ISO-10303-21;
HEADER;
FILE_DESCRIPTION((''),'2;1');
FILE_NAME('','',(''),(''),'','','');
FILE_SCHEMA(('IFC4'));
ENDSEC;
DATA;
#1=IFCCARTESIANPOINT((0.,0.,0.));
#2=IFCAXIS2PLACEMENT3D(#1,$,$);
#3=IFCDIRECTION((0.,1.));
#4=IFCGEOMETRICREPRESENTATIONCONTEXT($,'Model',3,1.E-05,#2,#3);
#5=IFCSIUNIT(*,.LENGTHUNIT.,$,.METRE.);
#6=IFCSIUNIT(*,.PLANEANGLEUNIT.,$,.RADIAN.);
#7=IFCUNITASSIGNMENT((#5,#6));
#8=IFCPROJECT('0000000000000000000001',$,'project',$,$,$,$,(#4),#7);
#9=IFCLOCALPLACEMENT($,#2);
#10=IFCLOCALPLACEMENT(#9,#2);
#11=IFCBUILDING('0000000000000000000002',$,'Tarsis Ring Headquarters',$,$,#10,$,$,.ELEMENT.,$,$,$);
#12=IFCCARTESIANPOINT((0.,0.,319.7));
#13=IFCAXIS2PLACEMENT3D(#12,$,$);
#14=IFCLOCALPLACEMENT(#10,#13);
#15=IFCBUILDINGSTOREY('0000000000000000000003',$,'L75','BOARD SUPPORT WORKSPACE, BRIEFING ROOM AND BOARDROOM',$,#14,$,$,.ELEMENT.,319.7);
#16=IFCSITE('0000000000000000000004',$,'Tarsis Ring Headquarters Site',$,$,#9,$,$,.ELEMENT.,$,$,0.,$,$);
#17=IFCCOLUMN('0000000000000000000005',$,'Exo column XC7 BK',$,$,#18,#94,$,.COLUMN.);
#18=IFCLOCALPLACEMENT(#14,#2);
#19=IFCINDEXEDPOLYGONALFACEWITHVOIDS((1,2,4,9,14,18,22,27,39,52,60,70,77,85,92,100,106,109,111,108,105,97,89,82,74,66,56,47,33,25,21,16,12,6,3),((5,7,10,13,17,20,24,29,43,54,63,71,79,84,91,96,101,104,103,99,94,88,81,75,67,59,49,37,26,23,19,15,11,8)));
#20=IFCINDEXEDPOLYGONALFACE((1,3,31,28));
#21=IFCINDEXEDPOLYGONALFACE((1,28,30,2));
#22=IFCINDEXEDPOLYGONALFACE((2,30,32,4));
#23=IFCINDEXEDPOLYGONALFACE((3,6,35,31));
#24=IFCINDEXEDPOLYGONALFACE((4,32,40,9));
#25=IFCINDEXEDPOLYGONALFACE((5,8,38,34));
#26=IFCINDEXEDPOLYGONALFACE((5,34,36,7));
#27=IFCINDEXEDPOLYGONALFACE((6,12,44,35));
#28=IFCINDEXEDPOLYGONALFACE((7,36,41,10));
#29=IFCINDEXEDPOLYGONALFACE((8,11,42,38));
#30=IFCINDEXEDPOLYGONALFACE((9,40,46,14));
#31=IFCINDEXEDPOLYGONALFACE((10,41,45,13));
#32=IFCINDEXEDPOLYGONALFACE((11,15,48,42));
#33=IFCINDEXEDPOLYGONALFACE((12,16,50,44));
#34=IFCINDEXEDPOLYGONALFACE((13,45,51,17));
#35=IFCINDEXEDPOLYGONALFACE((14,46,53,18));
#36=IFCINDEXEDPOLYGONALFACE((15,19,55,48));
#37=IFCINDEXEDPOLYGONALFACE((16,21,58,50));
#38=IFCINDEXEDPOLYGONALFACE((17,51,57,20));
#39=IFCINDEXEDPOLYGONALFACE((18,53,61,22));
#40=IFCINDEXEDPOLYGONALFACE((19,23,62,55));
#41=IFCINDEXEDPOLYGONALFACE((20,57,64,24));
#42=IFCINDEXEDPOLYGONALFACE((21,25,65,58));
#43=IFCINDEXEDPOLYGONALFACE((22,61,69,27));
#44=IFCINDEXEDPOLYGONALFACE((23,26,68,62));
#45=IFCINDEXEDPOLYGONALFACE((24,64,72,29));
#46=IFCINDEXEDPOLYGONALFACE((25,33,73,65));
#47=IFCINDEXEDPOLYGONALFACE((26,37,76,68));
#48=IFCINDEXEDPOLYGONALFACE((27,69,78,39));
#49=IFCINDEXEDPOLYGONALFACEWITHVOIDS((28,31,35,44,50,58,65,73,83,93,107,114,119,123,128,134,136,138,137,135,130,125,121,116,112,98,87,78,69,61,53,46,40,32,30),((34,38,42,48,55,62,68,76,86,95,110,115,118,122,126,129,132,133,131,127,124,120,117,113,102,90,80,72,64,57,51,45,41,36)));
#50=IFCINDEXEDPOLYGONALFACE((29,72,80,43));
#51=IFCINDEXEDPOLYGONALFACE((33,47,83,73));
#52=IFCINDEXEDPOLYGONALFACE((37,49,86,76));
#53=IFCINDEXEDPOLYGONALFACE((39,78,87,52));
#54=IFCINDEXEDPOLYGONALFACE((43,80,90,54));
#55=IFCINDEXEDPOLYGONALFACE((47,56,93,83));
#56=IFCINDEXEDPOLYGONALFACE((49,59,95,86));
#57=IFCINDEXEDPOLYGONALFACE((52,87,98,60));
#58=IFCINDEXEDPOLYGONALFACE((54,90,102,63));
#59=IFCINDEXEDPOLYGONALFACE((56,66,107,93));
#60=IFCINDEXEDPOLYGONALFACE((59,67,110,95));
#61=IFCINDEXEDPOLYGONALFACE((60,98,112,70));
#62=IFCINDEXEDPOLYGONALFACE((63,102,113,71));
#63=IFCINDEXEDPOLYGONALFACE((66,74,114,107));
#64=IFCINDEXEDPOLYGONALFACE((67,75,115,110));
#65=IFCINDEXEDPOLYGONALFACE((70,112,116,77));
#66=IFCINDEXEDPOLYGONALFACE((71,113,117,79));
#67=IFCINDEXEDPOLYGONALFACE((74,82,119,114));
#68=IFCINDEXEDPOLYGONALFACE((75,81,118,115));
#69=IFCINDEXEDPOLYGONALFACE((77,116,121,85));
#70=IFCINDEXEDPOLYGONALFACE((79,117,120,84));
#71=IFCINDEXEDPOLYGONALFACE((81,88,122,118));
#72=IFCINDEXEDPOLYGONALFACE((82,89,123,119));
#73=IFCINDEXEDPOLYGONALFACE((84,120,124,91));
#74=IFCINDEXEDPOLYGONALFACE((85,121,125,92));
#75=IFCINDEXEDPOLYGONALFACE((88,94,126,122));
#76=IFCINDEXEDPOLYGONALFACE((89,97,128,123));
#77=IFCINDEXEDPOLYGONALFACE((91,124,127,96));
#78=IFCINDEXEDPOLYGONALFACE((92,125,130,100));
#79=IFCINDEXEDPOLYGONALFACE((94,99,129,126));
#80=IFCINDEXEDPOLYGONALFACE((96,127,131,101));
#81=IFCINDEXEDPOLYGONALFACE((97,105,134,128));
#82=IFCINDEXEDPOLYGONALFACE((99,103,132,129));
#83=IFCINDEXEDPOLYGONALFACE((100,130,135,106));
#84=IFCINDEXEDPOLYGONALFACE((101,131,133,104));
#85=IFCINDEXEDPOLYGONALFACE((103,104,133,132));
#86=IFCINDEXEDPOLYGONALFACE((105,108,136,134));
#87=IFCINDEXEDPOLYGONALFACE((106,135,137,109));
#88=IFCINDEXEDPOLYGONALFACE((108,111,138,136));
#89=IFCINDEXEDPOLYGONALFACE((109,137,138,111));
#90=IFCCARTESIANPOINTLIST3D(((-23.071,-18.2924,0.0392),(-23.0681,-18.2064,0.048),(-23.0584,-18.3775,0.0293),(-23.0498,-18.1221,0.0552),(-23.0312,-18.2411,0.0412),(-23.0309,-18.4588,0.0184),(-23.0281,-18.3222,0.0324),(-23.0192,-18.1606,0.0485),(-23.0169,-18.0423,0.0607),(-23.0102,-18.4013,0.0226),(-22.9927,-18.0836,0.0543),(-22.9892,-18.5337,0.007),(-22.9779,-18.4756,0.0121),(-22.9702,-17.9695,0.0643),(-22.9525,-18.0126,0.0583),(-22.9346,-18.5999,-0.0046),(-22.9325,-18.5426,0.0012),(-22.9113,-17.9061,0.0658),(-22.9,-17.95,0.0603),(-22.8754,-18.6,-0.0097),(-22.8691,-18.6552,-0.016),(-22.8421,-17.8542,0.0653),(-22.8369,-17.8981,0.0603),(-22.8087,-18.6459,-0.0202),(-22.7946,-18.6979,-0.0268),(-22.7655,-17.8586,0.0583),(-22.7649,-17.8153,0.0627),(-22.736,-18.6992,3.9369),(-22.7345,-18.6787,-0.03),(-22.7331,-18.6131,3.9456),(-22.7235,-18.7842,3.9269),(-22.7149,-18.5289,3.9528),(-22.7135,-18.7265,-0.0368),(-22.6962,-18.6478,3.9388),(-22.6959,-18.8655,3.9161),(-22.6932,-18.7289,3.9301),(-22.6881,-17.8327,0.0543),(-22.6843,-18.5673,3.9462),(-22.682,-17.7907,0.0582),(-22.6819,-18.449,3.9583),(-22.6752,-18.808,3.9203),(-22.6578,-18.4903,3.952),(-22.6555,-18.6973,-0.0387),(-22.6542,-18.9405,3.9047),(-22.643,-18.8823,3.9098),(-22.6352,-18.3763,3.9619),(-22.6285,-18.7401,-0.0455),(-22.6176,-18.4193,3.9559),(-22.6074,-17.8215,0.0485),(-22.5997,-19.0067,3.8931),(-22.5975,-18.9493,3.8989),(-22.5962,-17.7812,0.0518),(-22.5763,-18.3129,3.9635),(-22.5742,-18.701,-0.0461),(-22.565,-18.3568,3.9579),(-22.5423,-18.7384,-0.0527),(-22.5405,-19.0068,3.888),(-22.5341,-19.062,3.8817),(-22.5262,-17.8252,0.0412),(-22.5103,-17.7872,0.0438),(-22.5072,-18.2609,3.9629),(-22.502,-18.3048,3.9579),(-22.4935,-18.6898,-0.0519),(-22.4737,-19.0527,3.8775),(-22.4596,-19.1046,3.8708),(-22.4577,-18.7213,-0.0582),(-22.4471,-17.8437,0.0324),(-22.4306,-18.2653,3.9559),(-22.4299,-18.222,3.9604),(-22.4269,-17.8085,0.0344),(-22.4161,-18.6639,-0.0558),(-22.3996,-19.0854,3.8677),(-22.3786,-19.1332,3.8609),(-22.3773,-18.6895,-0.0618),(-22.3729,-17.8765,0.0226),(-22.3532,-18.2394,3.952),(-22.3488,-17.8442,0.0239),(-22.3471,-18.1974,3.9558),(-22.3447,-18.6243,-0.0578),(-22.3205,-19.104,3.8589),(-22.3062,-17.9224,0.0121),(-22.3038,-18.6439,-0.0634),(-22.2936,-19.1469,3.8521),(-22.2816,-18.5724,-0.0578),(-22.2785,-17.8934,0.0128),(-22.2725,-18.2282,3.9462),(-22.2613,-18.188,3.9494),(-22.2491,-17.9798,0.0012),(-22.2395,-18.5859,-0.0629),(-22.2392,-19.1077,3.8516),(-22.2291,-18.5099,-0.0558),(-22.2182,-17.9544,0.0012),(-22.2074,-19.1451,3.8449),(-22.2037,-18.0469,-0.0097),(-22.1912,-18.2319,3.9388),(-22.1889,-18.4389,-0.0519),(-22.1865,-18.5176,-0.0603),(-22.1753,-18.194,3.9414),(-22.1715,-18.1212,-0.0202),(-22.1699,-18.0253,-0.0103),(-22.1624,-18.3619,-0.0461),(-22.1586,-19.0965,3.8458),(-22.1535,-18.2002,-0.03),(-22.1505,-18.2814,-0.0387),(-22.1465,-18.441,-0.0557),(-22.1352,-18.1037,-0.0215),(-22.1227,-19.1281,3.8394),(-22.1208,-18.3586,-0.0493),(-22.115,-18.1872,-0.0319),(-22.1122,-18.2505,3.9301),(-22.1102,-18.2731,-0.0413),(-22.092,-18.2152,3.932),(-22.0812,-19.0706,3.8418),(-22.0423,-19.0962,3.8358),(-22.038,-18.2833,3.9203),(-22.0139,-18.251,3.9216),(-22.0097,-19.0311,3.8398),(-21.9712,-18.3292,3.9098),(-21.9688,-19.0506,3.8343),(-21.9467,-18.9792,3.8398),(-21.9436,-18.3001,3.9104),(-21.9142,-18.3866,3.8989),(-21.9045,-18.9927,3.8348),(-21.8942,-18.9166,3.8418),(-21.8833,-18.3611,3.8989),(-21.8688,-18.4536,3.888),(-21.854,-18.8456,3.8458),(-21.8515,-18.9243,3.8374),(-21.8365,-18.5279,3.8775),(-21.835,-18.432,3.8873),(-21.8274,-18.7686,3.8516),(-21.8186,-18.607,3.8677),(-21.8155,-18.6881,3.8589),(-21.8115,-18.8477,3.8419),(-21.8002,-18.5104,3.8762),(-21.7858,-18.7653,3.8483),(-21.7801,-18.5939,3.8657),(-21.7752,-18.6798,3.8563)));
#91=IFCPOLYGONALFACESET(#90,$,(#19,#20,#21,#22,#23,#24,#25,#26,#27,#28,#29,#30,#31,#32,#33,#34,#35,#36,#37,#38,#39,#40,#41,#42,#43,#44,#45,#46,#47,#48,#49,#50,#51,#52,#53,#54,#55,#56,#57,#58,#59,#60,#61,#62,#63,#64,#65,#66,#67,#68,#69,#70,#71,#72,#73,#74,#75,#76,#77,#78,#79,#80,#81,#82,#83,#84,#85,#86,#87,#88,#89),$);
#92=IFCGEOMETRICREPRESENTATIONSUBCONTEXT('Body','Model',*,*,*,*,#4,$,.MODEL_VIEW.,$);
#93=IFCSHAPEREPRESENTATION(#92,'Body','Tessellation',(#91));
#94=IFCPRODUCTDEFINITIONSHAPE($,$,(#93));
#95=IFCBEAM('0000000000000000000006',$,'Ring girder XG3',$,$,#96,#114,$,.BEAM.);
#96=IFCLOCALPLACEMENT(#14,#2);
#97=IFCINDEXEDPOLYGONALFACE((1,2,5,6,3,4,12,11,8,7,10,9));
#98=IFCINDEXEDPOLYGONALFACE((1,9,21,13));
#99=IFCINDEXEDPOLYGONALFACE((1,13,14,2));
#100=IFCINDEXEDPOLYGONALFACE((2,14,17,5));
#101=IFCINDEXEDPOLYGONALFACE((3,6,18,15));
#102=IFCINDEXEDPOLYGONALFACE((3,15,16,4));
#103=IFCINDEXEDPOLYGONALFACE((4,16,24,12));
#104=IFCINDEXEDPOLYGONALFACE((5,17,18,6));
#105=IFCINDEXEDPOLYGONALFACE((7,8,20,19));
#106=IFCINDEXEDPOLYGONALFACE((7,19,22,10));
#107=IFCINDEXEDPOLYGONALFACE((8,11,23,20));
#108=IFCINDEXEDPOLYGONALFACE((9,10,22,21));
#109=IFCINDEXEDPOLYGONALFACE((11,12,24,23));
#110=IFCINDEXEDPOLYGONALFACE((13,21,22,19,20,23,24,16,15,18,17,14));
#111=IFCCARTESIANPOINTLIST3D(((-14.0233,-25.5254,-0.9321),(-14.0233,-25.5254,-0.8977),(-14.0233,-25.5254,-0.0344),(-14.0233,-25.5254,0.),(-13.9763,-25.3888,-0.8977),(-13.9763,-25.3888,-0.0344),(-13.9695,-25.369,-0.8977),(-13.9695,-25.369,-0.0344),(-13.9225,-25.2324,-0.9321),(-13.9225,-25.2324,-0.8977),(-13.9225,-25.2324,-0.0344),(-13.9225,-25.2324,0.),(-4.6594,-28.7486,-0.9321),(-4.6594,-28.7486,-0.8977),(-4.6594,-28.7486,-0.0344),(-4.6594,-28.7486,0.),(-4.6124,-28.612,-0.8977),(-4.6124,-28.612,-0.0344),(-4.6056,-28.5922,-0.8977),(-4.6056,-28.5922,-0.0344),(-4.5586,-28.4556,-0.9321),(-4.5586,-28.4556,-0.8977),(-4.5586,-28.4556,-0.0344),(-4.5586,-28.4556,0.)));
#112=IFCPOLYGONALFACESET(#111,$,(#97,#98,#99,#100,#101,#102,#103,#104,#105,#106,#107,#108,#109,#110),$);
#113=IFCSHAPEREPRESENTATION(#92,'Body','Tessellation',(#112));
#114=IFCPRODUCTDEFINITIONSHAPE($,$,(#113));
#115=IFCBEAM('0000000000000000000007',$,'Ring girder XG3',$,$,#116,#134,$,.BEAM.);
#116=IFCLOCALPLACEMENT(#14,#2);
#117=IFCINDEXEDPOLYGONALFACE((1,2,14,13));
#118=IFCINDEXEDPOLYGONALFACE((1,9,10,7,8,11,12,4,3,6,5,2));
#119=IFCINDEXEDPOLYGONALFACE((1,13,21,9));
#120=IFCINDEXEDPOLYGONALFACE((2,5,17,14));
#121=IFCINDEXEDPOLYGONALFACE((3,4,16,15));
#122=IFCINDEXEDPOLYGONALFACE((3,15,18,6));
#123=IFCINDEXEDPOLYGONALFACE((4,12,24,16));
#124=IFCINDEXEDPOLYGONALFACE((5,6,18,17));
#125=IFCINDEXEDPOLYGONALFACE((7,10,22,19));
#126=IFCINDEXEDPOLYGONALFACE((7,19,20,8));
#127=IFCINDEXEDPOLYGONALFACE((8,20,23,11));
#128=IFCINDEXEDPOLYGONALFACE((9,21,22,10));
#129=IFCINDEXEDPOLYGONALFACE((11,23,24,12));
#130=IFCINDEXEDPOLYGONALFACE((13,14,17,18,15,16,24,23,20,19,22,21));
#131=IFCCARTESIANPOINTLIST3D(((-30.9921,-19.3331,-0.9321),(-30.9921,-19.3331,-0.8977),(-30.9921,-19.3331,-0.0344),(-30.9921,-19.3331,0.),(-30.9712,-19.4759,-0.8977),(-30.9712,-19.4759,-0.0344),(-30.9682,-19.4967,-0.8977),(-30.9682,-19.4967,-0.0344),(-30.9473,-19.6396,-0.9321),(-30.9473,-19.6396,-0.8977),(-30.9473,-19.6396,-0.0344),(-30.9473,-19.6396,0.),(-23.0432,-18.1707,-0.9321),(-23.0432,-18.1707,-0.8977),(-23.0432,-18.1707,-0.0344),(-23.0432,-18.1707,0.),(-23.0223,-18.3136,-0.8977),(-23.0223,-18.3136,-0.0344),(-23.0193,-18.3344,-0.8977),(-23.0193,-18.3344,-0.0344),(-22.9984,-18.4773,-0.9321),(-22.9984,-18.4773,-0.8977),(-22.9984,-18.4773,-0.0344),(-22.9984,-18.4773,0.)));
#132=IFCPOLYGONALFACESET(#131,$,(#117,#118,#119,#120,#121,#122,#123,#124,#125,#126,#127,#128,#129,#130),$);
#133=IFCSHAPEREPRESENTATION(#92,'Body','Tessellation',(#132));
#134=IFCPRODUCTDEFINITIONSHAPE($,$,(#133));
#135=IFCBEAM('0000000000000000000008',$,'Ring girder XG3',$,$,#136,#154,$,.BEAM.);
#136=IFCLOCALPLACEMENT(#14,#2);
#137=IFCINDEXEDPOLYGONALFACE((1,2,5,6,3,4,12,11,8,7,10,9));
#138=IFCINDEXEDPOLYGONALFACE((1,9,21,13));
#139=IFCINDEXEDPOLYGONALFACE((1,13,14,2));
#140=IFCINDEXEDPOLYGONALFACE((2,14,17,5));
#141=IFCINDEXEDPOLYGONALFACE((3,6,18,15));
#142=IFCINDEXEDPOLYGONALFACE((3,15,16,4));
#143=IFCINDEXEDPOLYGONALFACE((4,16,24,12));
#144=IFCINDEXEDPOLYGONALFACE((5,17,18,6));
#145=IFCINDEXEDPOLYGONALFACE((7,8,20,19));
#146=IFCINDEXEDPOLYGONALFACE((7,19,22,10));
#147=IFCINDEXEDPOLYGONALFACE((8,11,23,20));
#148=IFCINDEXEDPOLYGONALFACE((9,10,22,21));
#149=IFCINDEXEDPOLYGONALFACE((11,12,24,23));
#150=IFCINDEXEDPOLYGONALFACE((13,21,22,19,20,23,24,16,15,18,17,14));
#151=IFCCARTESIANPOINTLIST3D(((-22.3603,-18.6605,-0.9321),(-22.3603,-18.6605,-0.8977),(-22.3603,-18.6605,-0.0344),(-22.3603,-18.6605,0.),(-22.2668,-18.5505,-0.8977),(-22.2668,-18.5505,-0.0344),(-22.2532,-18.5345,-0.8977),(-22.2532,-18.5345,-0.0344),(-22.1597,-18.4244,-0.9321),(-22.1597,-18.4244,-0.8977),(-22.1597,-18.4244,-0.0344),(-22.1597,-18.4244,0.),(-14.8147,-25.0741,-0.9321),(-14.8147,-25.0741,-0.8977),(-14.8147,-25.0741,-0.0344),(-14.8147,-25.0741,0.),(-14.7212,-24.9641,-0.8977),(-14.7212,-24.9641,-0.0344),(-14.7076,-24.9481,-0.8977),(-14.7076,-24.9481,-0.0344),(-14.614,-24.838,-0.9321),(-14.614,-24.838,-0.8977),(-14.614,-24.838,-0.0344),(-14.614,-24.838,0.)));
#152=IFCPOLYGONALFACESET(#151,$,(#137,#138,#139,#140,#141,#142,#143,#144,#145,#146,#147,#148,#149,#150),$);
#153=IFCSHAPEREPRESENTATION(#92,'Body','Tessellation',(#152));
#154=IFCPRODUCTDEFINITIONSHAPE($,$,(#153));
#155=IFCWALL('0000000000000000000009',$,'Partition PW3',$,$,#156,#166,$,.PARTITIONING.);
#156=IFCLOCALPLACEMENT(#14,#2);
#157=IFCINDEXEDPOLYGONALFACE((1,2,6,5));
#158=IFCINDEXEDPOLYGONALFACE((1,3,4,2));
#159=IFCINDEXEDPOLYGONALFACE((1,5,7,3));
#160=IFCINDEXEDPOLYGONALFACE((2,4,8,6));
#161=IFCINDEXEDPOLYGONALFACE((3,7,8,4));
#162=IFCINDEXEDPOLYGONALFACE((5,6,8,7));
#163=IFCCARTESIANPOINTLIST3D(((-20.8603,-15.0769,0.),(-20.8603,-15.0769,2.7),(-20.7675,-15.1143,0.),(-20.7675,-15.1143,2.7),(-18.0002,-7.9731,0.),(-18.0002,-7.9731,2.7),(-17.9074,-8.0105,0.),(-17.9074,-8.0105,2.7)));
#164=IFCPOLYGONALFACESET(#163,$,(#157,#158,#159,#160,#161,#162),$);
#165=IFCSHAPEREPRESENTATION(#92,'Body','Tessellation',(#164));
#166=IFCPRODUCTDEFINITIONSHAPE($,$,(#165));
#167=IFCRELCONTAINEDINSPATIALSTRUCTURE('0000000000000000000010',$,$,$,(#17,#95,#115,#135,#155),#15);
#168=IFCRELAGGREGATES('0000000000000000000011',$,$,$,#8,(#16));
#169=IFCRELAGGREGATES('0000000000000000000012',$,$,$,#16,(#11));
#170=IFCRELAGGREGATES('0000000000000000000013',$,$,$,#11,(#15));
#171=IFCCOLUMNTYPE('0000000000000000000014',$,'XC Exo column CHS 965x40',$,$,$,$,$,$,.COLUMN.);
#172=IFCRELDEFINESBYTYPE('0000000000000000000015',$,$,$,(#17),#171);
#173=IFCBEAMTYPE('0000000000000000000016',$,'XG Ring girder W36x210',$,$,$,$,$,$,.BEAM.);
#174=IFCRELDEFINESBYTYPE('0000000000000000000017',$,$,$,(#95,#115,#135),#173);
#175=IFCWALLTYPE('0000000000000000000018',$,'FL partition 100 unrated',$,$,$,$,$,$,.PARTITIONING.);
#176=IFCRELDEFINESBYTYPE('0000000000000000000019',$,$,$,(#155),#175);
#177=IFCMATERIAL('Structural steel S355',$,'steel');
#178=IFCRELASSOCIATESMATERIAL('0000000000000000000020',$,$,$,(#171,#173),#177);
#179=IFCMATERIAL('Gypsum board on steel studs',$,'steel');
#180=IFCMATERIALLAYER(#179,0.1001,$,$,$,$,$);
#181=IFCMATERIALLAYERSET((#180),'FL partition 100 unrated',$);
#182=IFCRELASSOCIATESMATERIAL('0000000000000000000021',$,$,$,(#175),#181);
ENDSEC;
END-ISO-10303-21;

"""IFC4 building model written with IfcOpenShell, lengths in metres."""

from ifc_helpers import new_model, si_unit, direction, frame, frame_2d, origin, origin_2d, place, context, subcontext, project, spatial, rectangle, hollow_circle, i_section, extrude, material, layer, layer_set, material_profile, profile_set, type_object, element, save


model = new_model("IFC4")

# Units and contexts
model_context = context("Model", 3, precision=1e-05, world=origin(), true_north=direction((0.0, 1.0)))
body_context = subcontext(model_context, "Body", "Model", "MODEL_VIEW")
ifc_project = project(units=[si_unit("LENGTHUNIT", "METRE"), si_unit("PLANEANGLEUNIT", "RADIAN")], contexts=[model_context])

# Site, building, storey
site_placement = place(None, origin())
site = spatial("IfcSite", under=ifc_project, at=site_placement, Name="Tarsis Ring Headquarters Site", CompositionType="ELEMENT", RefElevation=0.0)
building_placement = place(site_placement, origin())
building = spatial("IfcBuilding", under=site, at=building_placement, Name="Tarsis Ring Headquarters", CompositionType="ELEMENT")
storey_placement = place(building_placement, frame((0.0, 0.0, 319.7)))
storey = spatial("IfcBuildingStorey", under=building, at=storey_placement, Name="L75", Description="BOARD SUPPORT WORKSPACE, BRIEFING ROOM AND BOARDROOM", CompositionType="ELEMENT", Elevation=319.7)

# Column
ifc_material_1 = material(Name="Structural steel S355", Category="steel")
ifc_material_profile_1 = material_profile(ifc_material_1, hollow_circle(Radius=0.4827, WallThickness=0.04, at=origin_2d()), Name="CHS 965x40")
ifc_profile_set_1 = profile_set([ifc_material_profile_1], Name="Structural steel S355")
column_type = type_object("IfcColumnType", Name="XC Exo column CHS 965x40", PredefinedType="COLUMN", material=ifc_profile_set_1)
column_1_placement = place(storey_placement, frame((-22.5908, -18.2612, 0.0012), z_axis=(0.085163, -0.103413, 0.990986), x_axis=(0.77193, 0.635707, 0.0)))
element("IfcColumn", 1, at=column_1_placement, inside=storey, type_object=column_type, Name="Exo column XC7 BK", PredefinedType="COLUMN", context=body_context, shape_type="SweptSolid", body=[
    extrude(hollow_circle(Radius=0.4827, WallThickness=0.04, at=origin_2d()), origin(), (0.0, 0.0, 1.0), 3.9331),
])

# Beams
ifc_material_profile_2 = material_profile(ifc_material_1, i_section(OverallWidth=0.3098, OverallDepth=0.9321, WebThickness=0.021, FlangeThickness=0.0344, at=origin_2d()), Name="W36x210")
ifc_profile_set_2 = profile_set([ifc_material_profile_2], Name="Structural steel S355")
beam_type = type_object("IfcBeamType", Name="XG Ring girder W36x210", PredefinedType="BEAM", material=ifc_profile_set_2)
beam_1_placement = place(storey_placement, frame((-13.9729, -25.3789, -0.4661), z_axis=(0.945552, -0.325472, 0.0), x_axis=(0.325472, 0.945552, 0.0)))
element("IfcBeam", 2, at=beam_1_placement, inside=storey, type_object=beam_type, Name="Ring girder XG3", PredefinedType="BEAM", context=body_context, shape_type="SweptSolid", body=[
    extrude(i_section(OverallWidth=0.3098, OverallDepth=0.9321, WebThickness=0.021, FlangeThickness=0.0344, at=origin_2d()), origin(), (0.0, 0.0, 1.0), 9.9031),
])
beam_2_placement = place(storey_placement, frame((-30.9697, -19.4863, -0.4661), z_axis=(0.989477, 0.144688, 0.0), x_axis=(-0.144688, 0.989477, 0.0)))
element("IfcBeam", 3, at=beam_2_placement, inside=storey, type_object=beam_type, Name="Ring girder XG3", PredefinedType="BEAM", context=body_context, shape_type="SweptSolid", body=[
    extrude(i_section(OverallWidth=0.3098, OverallDepth=0.9321, WebThickness=0.021, FlangeThickness=0.0344, at=origin_2d()), origin(), (0.0, 0.0, 1.0), 8.0334),
])
beam_3_placement = place(storey_placement, frame((-22.26, -18.5425, -0.4661), z_axis=(0.761951, -0.647635, 0.0), x_axis=(0.647635, 0.761951, 0.0)))
element("IfcBeam", 4, at=beam_3_placement, inside=storey, type_object=beam_type, Name="Ring girder XG3", PredefinedType="BEAM", context=body_context, shape_type="SweptSolid", body=[
    extrude(i_section(OverallWidth=0.3098, OverallDepth=0.9321, WebThickness=0.021, FlangeThickness=0.0344, at=origin_2d()), origin(), (0.0, 0.0, 1.0), 9.9031),
])

# Wall
ifc_material_2 = material(Name="Gypsum board on steel studs", Category="steel")
ifc_layer_1 = layer(ifc_material_2, 0.1001)
ifc_layer_set_1 = layer_set([ifc_layer_1], Name="FL partition 100 unrated")
wall_type_1 = type_object("IfcWallType", Name="FL partition 100 unrated", PredefinedType="PARTITIONING", material=ifc_layer_set_1)
wall_1_placement = place(storey_placement, frame((-20.814, -15.0957, 0.0), z_axis=(0.0, 0.0, 1.0), x_axis=(0.373484, 0.927637, 0.0)))
element("IfcWall", 5, at=wall_1_placement, inside=storey, type_object=wall_type_1, Name="Partition PW3", PredefinedType="PARTITIONING", context=body_context, shape_type="SweptSolid", body=[
    extrude(rectangle(XDim=7.658, YDim=0.1001, at=frame_2d((3.8291, 0.0))), origin(), (0.0, 0.0, 1.0), 2.7),
])

save(model, "model.ifc")
